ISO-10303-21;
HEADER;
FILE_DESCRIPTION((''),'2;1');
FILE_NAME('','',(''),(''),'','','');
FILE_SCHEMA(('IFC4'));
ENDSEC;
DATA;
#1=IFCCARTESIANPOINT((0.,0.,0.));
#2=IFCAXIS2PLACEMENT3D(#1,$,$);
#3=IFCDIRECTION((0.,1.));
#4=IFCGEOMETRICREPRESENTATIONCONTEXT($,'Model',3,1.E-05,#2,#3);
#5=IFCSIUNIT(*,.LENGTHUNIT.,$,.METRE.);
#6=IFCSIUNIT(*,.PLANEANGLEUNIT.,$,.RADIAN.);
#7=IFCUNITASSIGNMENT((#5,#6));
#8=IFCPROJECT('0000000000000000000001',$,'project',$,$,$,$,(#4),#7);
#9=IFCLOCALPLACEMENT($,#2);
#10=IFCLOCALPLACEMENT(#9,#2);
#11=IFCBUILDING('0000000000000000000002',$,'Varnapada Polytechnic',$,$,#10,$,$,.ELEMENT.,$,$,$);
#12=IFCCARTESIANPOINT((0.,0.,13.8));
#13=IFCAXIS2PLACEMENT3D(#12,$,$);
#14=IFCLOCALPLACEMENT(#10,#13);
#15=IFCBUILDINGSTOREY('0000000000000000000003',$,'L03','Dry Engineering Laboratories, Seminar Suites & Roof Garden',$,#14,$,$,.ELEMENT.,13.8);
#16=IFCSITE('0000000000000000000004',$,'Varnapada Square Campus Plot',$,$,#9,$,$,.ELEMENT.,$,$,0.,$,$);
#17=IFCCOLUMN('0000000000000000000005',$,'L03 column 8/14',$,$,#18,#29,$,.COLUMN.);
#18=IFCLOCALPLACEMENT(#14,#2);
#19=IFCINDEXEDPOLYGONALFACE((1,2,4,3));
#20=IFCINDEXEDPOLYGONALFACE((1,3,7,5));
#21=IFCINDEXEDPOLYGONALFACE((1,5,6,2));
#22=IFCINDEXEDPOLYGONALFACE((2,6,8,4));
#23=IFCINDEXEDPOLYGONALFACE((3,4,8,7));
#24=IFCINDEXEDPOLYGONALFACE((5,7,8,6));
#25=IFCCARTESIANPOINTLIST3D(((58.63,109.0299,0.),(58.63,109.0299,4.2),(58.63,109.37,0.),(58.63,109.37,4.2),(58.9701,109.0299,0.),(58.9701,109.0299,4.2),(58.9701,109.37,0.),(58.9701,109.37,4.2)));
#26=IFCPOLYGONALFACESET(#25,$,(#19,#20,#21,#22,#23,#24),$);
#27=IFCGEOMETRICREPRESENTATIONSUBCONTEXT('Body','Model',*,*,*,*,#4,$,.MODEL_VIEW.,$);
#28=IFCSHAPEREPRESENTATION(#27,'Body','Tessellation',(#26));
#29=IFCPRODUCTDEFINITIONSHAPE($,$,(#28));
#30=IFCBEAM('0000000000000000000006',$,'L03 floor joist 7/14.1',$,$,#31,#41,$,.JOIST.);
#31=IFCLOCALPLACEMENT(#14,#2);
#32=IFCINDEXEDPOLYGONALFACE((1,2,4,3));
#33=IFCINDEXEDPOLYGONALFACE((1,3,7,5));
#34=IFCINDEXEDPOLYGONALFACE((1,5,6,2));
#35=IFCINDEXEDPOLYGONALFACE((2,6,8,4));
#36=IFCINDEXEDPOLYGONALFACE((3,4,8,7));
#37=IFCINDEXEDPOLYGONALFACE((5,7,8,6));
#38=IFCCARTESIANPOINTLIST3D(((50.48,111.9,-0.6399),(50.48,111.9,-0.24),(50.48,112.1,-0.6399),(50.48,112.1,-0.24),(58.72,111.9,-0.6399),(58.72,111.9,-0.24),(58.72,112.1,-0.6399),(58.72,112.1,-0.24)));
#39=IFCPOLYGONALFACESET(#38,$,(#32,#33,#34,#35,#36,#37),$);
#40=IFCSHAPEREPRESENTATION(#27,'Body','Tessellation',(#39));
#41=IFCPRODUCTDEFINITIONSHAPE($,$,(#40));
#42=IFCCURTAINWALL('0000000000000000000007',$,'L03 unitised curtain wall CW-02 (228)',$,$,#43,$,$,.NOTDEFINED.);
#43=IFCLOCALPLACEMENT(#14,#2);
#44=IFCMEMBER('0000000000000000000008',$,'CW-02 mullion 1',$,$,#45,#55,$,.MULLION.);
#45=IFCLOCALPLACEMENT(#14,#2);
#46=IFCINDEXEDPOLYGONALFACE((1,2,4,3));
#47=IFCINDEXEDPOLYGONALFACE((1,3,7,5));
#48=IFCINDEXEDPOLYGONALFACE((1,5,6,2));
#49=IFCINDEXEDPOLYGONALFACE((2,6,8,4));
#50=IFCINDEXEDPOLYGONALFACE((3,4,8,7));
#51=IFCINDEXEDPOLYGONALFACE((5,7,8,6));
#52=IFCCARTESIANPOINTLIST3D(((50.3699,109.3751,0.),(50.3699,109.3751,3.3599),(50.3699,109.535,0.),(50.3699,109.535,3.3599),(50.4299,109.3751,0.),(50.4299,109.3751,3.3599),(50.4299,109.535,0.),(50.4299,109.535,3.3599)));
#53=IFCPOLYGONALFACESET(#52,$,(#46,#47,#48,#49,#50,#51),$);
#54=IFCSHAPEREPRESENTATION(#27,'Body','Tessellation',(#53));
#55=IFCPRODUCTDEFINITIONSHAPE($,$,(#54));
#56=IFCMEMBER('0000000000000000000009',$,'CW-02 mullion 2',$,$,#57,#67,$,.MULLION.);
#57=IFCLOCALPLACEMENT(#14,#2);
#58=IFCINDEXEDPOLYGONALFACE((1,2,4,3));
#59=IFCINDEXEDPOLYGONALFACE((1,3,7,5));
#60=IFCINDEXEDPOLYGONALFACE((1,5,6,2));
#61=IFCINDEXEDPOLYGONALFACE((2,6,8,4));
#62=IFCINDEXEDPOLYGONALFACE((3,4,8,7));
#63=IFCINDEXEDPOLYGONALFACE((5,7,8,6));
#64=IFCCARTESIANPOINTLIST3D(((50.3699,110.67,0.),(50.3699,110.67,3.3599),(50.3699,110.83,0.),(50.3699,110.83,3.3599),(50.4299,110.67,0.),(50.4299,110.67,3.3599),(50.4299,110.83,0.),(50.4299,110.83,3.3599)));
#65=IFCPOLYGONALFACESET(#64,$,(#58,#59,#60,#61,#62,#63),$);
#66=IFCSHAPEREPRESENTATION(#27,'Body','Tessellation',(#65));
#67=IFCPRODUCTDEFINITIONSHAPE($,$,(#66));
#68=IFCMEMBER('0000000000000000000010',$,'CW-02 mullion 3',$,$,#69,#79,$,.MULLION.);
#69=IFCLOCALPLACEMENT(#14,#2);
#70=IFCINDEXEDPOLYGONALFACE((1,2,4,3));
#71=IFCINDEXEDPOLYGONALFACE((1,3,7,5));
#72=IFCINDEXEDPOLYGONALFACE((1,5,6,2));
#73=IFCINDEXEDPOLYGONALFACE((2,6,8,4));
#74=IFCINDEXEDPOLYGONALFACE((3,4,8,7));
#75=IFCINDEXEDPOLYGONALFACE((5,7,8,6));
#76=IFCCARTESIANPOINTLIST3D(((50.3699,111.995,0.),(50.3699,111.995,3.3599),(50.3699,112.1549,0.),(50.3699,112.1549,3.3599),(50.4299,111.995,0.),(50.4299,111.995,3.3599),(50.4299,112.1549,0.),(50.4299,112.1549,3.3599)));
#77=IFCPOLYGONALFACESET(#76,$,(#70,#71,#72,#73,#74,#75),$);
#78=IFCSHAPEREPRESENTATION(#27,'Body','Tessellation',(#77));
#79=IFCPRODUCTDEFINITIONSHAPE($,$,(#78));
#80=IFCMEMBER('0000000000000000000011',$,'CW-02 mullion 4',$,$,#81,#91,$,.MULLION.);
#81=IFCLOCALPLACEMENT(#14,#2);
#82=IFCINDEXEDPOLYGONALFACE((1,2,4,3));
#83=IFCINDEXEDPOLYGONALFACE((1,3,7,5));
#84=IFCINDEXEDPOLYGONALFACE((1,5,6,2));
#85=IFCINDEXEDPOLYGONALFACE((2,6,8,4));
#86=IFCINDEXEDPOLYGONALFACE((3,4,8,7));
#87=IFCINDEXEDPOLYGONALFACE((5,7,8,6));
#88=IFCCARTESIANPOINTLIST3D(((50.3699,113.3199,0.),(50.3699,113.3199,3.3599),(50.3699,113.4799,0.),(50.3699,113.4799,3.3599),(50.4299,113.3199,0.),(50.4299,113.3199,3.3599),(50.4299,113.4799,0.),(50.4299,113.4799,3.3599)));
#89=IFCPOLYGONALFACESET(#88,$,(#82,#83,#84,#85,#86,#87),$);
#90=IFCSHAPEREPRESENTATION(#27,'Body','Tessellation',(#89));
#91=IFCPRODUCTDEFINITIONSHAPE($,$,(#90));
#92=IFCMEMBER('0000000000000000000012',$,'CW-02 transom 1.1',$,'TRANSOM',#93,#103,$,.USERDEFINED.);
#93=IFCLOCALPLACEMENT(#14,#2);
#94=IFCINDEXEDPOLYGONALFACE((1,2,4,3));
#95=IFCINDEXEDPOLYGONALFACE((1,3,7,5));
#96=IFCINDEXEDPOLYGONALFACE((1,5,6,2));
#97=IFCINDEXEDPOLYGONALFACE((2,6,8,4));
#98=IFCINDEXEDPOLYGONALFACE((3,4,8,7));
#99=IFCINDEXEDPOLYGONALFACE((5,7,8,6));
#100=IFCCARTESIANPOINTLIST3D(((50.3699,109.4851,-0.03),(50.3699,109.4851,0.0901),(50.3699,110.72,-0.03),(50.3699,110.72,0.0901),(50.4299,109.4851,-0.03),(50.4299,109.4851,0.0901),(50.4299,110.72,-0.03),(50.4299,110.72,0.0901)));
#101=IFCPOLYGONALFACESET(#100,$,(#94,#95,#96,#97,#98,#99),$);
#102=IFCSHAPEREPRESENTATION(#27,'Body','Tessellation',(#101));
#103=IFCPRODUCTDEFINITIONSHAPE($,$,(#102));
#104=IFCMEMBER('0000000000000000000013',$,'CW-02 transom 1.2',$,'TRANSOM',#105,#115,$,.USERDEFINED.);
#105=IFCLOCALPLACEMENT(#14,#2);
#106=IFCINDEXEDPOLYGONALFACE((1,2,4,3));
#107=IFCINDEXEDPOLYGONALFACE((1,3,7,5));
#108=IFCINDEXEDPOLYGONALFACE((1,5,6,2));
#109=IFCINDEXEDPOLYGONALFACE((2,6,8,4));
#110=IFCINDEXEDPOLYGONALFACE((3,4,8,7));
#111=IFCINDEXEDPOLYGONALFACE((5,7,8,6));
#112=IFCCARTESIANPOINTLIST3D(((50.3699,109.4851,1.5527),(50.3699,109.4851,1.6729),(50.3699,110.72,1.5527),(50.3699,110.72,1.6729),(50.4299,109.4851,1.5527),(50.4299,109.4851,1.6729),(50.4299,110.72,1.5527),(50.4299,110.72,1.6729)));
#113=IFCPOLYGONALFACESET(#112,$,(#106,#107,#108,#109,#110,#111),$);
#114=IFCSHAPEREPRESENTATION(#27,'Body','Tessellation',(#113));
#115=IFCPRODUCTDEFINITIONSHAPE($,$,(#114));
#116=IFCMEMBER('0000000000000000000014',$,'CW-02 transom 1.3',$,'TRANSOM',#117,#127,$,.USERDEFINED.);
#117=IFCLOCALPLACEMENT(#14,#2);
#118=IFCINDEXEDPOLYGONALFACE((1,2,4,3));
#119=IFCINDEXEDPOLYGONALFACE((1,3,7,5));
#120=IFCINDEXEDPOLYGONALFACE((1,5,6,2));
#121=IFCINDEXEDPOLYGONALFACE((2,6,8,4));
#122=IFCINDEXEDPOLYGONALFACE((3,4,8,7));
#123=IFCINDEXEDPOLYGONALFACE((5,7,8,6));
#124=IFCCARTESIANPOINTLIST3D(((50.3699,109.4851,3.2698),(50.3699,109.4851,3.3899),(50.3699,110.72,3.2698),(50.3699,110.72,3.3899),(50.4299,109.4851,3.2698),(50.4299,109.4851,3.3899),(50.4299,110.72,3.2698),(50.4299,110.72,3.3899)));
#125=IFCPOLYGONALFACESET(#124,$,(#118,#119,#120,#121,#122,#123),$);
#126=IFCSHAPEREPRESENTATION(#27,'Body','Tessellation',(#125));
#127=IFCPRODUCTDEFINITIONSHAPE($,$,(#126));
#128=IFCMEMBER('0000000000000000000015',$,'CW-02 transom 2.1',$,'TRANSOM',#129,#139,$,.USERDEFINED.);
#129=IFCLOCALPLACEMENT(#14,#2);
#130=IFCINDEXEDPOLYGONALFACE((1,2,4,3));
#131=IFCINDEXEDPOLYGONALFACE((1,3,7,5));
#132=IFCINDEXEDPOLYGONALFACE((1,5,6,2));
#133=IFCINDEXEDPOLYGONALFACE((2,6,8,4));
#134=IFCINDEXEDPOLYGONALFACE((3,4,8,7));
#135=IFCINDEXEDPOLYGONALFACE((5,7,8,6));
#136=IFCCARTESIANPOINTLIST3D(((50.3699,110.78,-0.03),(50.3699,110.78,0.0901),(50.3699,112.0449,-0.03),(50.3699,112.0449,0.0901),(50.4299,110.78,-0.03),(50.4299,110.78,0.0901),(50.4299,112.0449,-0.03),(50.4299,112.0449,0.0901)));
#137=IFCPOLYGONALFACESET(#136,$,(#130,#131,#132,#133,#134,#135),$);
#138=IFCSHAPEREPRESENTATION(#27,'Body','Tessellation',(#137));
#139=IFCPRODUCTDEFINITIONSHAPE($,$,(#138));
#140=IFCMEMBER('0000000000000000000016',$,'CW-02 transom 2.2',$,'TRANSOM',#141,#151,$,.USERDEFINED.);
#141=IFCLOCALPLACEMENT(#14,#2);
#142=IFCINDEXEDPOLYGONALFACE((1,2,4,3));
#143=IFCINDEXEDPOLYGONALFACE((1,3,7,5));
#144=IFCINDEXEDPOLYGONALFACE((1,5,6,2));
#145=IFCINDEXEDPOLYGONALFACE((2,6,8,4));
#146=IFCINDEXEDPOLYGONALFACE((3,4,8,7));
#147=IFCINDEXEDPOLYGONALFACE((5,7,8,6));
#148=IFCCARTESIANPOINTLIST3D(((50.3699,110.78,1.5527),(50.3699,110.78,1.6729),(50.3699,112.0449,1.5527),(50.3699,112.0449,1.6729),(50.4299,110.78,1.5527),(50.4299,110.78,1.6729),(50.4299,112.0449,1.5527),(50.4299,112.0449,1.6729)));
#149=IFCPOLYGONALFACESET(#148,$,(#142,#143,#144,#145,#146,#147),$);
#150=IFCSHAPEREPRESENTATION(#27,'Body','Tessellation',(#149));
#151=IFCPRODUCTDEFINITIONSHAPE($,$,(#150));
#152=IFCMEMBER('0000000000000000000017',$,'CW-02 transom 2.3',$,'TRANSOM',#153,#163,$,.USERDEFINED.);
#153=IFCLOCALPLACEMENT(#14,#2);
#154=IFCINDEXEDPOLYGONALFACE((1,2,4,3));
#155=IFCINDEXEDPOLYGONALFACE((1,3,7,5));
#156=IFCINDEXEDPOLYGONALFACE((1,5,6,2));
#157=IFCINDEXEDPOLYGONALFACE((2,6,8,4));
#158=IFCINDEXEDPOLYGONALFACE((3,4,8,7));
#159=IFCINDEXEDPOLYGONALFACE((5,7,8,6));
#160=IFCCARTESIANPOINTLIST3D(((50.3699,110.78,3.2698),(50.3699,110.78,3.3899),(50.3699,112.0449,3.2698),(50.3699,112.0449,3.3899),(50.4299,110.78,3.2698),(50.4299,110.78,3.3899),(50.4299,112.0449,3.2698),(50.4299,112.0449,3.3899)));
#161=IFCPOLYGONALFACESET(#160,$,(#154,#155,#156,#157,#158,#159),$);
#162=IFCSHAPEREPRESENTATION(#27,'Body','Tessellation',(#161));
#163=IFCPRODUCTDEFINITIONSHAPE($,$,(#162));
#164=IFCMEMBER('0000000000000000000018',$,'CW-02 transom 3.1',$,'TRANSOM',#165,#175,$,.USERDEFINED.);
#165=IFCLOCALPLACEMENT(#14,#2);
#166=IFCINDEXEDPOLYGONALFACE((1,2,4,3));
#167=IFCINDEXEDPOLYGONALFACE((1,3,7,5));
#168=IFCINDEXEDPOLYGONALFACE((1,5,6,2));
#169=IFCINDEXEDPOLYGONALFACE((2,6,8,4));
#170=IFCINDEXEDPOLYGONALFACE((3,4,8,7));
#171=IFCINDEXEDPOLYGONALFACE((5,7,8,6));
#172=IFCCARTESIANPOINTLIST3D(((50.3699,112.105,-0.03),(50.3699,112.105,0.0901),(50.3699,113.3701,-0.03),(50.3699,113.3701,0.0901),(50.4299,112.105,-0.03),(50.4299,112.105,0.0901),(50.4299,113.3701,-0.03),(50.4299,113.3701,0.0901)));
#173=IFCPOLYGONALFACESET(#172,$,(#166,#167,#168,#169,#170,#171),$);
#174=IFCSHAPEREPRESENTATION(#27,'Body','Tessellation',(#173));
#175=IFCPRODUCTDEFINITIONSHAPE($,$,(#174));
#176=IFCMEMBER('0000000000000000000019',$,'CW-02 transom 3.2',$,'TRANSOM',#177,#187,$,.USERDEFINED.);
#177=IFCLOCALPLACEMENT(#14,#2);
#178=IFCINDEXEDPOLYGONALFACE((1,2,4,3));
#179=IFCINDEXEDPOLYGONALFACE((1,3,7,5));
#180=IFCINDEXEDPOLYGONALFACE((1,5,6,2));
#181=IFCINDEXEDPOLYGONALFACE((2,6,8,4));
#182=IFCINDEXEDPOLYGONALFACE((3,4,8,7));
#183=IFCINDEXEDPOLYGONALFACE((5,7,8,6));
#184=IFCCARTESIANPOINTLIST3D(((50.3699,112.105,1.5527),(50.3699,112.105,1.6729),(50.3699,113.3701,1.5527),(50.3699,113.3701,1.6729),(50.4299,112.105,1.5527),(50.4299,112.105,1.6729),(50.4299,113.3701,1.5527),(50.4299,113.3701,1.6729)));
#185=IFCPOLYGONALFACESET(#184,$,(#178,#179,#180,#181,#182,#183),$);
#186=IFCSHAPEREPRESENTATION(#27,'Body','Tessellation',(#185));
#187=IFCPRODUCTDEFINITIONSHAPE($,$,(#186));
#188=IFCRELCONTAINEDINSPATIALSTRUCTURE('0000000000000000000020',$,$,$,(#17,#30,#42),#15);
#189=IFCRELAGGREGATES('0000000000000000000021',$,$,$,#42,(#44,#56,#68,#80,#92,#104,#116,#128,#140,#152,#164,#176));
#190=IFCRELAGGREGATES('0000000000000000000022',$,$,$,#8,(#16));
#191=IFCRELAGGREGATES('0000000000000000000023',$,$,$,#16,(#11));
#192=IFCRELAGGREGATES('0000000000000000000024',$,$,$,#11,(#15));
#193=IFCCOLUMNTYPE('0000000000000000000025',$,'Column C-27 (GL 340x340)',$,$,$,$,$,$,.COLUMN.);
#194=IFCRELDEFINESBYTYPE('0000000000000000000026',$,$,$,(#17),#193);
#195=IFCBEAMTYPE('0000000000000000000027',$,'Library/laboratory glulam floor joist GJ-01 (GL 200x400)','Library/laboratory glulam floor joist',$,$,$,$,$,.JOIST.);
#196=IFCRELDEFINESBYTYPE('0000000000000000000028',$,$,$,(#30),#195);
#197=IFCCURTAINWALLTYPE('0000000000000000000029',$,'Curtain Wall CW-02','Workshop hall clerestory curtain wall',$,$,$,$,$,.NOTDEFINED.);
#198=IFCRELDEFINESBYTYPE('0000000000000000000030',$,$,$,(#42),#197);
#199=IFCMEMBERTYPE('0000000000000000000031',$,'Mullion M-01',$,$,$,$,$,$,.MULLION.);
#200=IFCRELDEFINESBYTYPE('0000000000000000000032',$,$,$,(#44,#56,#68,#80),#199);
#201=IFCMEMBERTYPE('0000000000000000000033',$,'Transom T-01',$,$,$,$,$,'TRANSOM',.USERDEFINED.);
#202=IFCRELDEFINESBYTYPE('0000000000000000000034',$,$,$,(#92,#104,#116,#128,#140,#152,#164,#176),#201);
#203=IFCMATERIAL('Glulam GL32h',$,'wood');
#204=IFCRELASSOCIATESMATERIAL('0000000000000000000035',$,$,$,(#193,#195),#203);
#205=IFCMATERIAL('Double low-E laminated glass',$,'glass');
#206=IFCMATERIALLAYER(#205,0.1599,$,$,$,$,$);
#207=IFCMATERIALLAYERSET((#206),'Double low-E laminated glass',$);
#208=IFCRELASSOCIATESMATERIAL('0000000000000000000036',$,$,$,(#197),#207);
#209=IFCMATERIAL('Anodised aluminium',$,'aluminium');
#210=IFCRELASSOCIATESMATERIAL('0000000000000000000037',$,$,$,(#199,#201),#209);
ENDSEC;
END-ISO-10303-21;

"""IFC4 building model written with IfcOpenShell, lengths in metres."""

from ifc_helpers import new_model, si_unit, direction, frame, origin, origin_2d, place, context, subcontext, project, spatial, rectangle, extrude, material, layer, layer_set, material_profile, profile_set, type_object, element, aggregate, save


model = new_model("IFC4")

# Units and contexts
model_context = context("Model", 3, precision=1e-05, world=origin(), true_north=direction((0.0, 1.0)))
body_context = subcontext(model_context, "Body", "Model", "MODEL_VIEW")
ifc_project = project(units=[si_unit("LENGTHUNIT", "METRE"), si_unit("PLANEANGLEUNIT", "RADIAN")], contexts=[model_context])

# Site, building, storey
site_placement = place(None, origin())
site = spatial("IfcSite", under=ifc_project, at=site_placement, Name="Varnapada Square Campus Plot", CompositionType="ELEMENT", RefElevation=0.0)
building_placement = place(site_placement, origin())
building = spatial("IfcBuilding", under=site, at=building_placement, Name="Varnapada Polytechnic", CompositionType="ELEMENT")
storey_placement = place(building_placement, frame((0.0, 0.0, 13.8)))
storey = spatial("IfcBuildingStorey", under=building, at=storey_placement, Name="L03", Description="Dry Engineering Laboratories, Seminar Suites & Roof Garden", CompositionType="ELEMENT", Elevation=13.8)

# Column
ifc_material_1 = material(Name="Glulam GL32h", Category="wood")
ifc_material_profile_1 = material_profile(ifc_material_1, rectangle(XDim=0.3401, YDim=0.3401, at=origin_2d()), Name="GL 340x340")
ifc_profile_set_1 = profile_set([ifc_material_profile_1], Name="Glulam GL32h")
column_type = type_object("IfcColumnType", Name="Column C-27 (GL 340x340)", PredefinedType="COLUMN", material=ifc_profile_set_1)
column_placement = place(storey_placement, frame((58.8, 109.2, 0.0), z_axis=(0.0, 0.0, 1.0), x_axis=(1.0, 0.0, 0.0)))
element("IfcColumn", 1, at=column_placement, inside=storey, type_object=column_type, Name="L03 column 8/14", PredefinedType="COLUMN", context=body_context, shape_type="SweptSolid", body=[
    extrude(rectangle(XDim=0.3401, YDim=0.3401, at=origin_2d()), origin(), (0.0, 0.0, 1.0), 4.2),
])

# Beam
ifc_material_profile_2 = material_profile(ifc_material_1, rectangle(XDim=0.2, YDim=0.3999, at=origin_2d()), Name="GL 200x400")
ifc_profile_set_2 = profile_set([ifc_material_profile_2], Name="Glulam GL32h")
beam_type_1 = type_object("IfcBeamType", Name="Library/laboratory glulam floor joist GJ-01 (GL 200x400)", Description="Library/laboratory glulam floor joist", PredefinedType="JOIST", material=ifc_profile_set_2)
beam_1_placement = place(storey_placement, frame((50.48, 112.0, -0.4399), z_axis=(1.0, 0.0, 0.0), x_axis=(0.0, 1.0, 0.0)))
element("IfcBeam", 2, at=beam_1_placement, inside=storey, type_object=beam_type_1, Name="L03 floor joist 7/14.1", PredefinedType="JOIST", context=body_context, shape_type="SweptSolid", body=[
    extrude(rectangle(XDim=0.2, YDim=0.3999, at=origin_2d()), origin(), (0.0, 0.0, 1.0), 8.24),
])

# Curtain wall, members
ifc_material_2 = material(Name="Double low-E laminated glass", Category="glass")
ifc_layer_1 = layer(ifc_material_2, 0.1599)
ifc_layer_set_1 = layer_set([ifc_layer_1], Name="Double low-E laminated glass")
curtain_wall_type = type_object("IfcCurtainWallType", Name="Curtain Wall CW-02", Description="Workshop hall clerestory curtain wall", PredefinedType="NOTDEFINED", material=ifc_layer_set_1)
curtain_wall_placement = place(storey_placement, origin())
curtain_wall = element("IfcCurtainWall", 3, at=curtain_wall_placement, inside=storey, type_object=curtain_wall_type, Name="L03 unitised curtain wall CW-02 (228)", PredefinedType="NOTDEFINED")
ifc_material_3 = material(Name="Anodised aluminium", Category="aluminium")
ifc_material_profile_3 = material_profile(ifc_material_3, rectangle(XDim=0.0601, YDim=0.1599, at=origin_2d()), Name="ALU M60x160")
ifc_profile_set_3 = profile_set([ifc_material_profile_3], Name="Anodised aluminium")
member_type_1 = type_object("IfcMemberType", Name="Mullion M-01", PredefinedType="MULLION", material=ifc_profile_set_3)
member_1_placement = place(storey_placement, frame((50.3999, 109.4551, 0.0), z_axis=(0.0, 0.0, 1.0), x_axis=(-1.0, 0.0, 0.0)))
member_1 = element("IfcMember", 4, at=member_1_placement, type_object=member_type_1, Name="CW-02 mullion 1", PredefinedType="MULLION", context=body_context, shape_type="SweptSolid", body=[
    extrude(rectangle(XDim=0.0601, YDim=0.1599, at=origin_2d()), origin(), (0.0, 0.0, 1.0), 3.3599),
])
member_2_placement = place(storey_placement, frame((50.3999, 110.75, 0.0), z_axis=(0.0, 0.0, 1.0), x_axis=(-1.0, 0.0, 0.0)))
member_2 = element("IfcMember", 5, at=member_2_placement, type_object=member_type_1, Name="CW-02 mullion 2", PredefinedType="MULLION", context=body_context, shape_type="SweptSolid", body=[
    extrude(rectangle(XDim=0.0601, YDim=0.1599, at=origin_2d()), origin(), (0.0, 0.0, 1.0), 3.3599),
])
member_3_placement = place(storey_placement, frame((50.3999, 112.075, 0.0), z_axis=(0.0, 0.0, 1.0), x_axis=(-1.0, 0.0, 0.0)))
member_3 = element("IfcMember", 6, at=member_3_placement, type_object=member_type_1, Name="CW-02 mullion 3", PredefinedType="MULLION", context=body_context, shape_type="SweptSolid", body=[
    extrude(rectangle(XDim=0.0601, YDim=0.1599, at=origin_2d()), origin(), (0.0, 0.0, 1.0), 3.3599),
])
member_4_placement = place(storey_placement, frame((50.3999, 113.3999, 0.0), z_axis=(0.0, 0.0, 1.0), x_axis=(-1.0, 0.0, 0.0)))
member_4 = element("IfcMember", 7, at=member_4_placement, type_object=member_type_1, Name="CW-02 mullion 4", PredefinedType="MULLION", context=body_context, shape_type="SweptSolid", body=[
    extrude(rectangle(XDim=0.0601, YDim=0.1599, at=origin_2d()), origin(), (0.0, 0.0, 1.0), 3.3599),
])
ifc_material_profile_4 = material_profile(ifc_material_3, rectangle(XDim=0.0601, YDim=0.1201, at=origin_2d()), Name="ALU T60x120")
ifc_profile_set_4 = profile_set([ifc_material_profile_4], Name="Anodised aluminium")
member_type_2 = type_object("IfcMemberType", Name="Transom T-01", ElementType="TRANSOM", PredefinedType="USERDEFINED", material=ifc_profile_set_4)
member_5_placement = place(storey_placement, frame((50.3999, 109.4851, 0.03), z_axis=(0.0, 1.0, 0.0), x_axis=(-1.0, 0.0, 0.0)))
member_5 = element("IfcMember", 8, at=member_5_placement, type_object=member_type_2, Name="CW-02 transom 1.1", ObjectType="TRANSOM", PredefinedType="USERDEFINED", context=body_context, shape_type="SweptSolid", body=[
    extrude(rectangle(XDim=0.0601, YDim=0.1201, at=origin_2d()), origin(), (0.0, 0.0, 1.0), 1.2349),
])
member_6_placement = place(storey_placement, frame((50.3999, 109.4851, 1.6128), z_axis=(0.0, 1.0, 0.0), x_axis=(-1.0, 0.0, 0.0)))
member_6 = element("IfcMember", 9, at=member_6_placement, type_object=member_type_2, Name="CW-02 transom 1.2", ObjectType="TRANSOM", PredefinedType="USERDEFINED", context=body_context, shape_type="SweptSolid", body=[
    extrude(rectangle(XDim=0.0601, YDim=0.1201, at=origin_2d()), origin(), (0.0, 0.0, 1.0), 1.2349),
])
member_7_placement = place(storey_placement, frame((50.3999, 109.4851, 3.3298), z_axis=(0.0, 1.0, 0.0), x_axis=(-1.0, 0.0, 0.0)))
member_7 = element("IfcMember", 10, at=member_7_placement, type_object=member_type_2, Name="CW-02 transom 1.3", ObjectType="TRANSOM", PredefinedType="USERDEFINED", context=body_context, shape_type="SweptSolid", body=[
    extrude(rectangle(XDim=0.0601, YDim=0.1201, at=origin_2d()), origin(), (0.0, 0.0, 1.0), 1.2349),
])
member_8_placement = place(storey_placement, frame((50.3999, 110.78, 0.03), z_axis=(0.0, 1.0, 0.0), x_axis=(-1.0, 0.0, 0.0)))
member_8 = element("IfcMember", 11, at=member_8_placement, type_object=member_type_2, Name="CW-02 transom 2.1", ObjectType="TRANSOM", PredefinedType="USERDEFINED", context=body_context, shape_type="SweptSolid", body=[
    extrude(rectangle(XDim=0.0601, YDim=0.1201, at=origin_2d()), origin(), (0.0, 0.0, 1.0), 1.2649),
])
member_9_placement = place(storey_placement, frame((50.3999, 110.78, 1.6128), z_axis=(0.0, 1.0, 0.0), x_axis=(-1.0, 0.0, 0.0)))
member_9 = element("IfcMember", 12, at=member_9_placement, type_object=member_type_2, Name="CW-02 transom 2.2", ObjectType="TRANSOM", PredefinedType="USERDEFINED", context=body_context, shape_type="SweptSolid", body=[
    extrude(rectangle(XDim=0.0601, YDim=0.1201, at=origin_2d()), origin(), (0.0, 0.0, 1.0), 1.2649),
])
member_10_placement = place(storey_placement, frame((50.3999, 110.78, 3.3298), z_axis=(0.0, 1.0, 0.0), x_axis=(-1.0, 0.0, 0.0)))
member_10 = element("IfcMember", 13, at=member_10_placement, type_object=member_type_2, Name="CW-02 transom 2.3", ObjectType="TRANSOM", PredefinedType="USERDEFINED", context=body_context, shape_type="SweptSolid", body=[
    extrude(rectangle(XDim=0.0601, YDim=0.1201, at=origin_2d()), origin(), (0.0, 0.0, 1.0), 1.2649),
])
member_11_placement = place(storey_placement, frame((50.3999, 112.105, 0.03), z_axis=(0.0, 1.0, 0.0), x_axis=(-1.0, 0.0, 0.0)))
member_11 = element("IfcMember", 14, at=member_11_placement, type_object=member_type_2, Name="CW-02 transom 3.1", ObjectType="TRANSOM", PredefinedType="USERDEFINED", context=body_context, shape_type="SweptSolid", body=[
    extrude(rectangle(XDim=0.0601, YDim=0.1201, at=origin_2d()), origin(), (0.0, 0.0, 1.0), 1.2651),
])
member_12_placement = place(storey_placement, frame((50.3999, 112.105, 1.6128), z_axis=(0.0, 1.0, 0.0), x_axis=(-1.0, 0.0, 0.0)))
member_12 = element("IfcMember", 15, at=member_12_placement, type_object=member_type_2, Name="CW-02 transom 3.2", ObjectType="TRANSOM", PredefinedType="USERDEFINED", context=body_context, shape_type="SweptSolid", body=[
    extrude(rectangle(XDim=0.0601, YDim=0.1201, at=origin_2d()), origin(), (0.0, 0.0, 1.0), 1.2651),
])

aggregate(curtain_wall, [member_1, member_2, member_3, member_4, member_5, member_6, member_7, member_8, member_9, member_10, member_11, member_12])

save(model, "model.ifc")
